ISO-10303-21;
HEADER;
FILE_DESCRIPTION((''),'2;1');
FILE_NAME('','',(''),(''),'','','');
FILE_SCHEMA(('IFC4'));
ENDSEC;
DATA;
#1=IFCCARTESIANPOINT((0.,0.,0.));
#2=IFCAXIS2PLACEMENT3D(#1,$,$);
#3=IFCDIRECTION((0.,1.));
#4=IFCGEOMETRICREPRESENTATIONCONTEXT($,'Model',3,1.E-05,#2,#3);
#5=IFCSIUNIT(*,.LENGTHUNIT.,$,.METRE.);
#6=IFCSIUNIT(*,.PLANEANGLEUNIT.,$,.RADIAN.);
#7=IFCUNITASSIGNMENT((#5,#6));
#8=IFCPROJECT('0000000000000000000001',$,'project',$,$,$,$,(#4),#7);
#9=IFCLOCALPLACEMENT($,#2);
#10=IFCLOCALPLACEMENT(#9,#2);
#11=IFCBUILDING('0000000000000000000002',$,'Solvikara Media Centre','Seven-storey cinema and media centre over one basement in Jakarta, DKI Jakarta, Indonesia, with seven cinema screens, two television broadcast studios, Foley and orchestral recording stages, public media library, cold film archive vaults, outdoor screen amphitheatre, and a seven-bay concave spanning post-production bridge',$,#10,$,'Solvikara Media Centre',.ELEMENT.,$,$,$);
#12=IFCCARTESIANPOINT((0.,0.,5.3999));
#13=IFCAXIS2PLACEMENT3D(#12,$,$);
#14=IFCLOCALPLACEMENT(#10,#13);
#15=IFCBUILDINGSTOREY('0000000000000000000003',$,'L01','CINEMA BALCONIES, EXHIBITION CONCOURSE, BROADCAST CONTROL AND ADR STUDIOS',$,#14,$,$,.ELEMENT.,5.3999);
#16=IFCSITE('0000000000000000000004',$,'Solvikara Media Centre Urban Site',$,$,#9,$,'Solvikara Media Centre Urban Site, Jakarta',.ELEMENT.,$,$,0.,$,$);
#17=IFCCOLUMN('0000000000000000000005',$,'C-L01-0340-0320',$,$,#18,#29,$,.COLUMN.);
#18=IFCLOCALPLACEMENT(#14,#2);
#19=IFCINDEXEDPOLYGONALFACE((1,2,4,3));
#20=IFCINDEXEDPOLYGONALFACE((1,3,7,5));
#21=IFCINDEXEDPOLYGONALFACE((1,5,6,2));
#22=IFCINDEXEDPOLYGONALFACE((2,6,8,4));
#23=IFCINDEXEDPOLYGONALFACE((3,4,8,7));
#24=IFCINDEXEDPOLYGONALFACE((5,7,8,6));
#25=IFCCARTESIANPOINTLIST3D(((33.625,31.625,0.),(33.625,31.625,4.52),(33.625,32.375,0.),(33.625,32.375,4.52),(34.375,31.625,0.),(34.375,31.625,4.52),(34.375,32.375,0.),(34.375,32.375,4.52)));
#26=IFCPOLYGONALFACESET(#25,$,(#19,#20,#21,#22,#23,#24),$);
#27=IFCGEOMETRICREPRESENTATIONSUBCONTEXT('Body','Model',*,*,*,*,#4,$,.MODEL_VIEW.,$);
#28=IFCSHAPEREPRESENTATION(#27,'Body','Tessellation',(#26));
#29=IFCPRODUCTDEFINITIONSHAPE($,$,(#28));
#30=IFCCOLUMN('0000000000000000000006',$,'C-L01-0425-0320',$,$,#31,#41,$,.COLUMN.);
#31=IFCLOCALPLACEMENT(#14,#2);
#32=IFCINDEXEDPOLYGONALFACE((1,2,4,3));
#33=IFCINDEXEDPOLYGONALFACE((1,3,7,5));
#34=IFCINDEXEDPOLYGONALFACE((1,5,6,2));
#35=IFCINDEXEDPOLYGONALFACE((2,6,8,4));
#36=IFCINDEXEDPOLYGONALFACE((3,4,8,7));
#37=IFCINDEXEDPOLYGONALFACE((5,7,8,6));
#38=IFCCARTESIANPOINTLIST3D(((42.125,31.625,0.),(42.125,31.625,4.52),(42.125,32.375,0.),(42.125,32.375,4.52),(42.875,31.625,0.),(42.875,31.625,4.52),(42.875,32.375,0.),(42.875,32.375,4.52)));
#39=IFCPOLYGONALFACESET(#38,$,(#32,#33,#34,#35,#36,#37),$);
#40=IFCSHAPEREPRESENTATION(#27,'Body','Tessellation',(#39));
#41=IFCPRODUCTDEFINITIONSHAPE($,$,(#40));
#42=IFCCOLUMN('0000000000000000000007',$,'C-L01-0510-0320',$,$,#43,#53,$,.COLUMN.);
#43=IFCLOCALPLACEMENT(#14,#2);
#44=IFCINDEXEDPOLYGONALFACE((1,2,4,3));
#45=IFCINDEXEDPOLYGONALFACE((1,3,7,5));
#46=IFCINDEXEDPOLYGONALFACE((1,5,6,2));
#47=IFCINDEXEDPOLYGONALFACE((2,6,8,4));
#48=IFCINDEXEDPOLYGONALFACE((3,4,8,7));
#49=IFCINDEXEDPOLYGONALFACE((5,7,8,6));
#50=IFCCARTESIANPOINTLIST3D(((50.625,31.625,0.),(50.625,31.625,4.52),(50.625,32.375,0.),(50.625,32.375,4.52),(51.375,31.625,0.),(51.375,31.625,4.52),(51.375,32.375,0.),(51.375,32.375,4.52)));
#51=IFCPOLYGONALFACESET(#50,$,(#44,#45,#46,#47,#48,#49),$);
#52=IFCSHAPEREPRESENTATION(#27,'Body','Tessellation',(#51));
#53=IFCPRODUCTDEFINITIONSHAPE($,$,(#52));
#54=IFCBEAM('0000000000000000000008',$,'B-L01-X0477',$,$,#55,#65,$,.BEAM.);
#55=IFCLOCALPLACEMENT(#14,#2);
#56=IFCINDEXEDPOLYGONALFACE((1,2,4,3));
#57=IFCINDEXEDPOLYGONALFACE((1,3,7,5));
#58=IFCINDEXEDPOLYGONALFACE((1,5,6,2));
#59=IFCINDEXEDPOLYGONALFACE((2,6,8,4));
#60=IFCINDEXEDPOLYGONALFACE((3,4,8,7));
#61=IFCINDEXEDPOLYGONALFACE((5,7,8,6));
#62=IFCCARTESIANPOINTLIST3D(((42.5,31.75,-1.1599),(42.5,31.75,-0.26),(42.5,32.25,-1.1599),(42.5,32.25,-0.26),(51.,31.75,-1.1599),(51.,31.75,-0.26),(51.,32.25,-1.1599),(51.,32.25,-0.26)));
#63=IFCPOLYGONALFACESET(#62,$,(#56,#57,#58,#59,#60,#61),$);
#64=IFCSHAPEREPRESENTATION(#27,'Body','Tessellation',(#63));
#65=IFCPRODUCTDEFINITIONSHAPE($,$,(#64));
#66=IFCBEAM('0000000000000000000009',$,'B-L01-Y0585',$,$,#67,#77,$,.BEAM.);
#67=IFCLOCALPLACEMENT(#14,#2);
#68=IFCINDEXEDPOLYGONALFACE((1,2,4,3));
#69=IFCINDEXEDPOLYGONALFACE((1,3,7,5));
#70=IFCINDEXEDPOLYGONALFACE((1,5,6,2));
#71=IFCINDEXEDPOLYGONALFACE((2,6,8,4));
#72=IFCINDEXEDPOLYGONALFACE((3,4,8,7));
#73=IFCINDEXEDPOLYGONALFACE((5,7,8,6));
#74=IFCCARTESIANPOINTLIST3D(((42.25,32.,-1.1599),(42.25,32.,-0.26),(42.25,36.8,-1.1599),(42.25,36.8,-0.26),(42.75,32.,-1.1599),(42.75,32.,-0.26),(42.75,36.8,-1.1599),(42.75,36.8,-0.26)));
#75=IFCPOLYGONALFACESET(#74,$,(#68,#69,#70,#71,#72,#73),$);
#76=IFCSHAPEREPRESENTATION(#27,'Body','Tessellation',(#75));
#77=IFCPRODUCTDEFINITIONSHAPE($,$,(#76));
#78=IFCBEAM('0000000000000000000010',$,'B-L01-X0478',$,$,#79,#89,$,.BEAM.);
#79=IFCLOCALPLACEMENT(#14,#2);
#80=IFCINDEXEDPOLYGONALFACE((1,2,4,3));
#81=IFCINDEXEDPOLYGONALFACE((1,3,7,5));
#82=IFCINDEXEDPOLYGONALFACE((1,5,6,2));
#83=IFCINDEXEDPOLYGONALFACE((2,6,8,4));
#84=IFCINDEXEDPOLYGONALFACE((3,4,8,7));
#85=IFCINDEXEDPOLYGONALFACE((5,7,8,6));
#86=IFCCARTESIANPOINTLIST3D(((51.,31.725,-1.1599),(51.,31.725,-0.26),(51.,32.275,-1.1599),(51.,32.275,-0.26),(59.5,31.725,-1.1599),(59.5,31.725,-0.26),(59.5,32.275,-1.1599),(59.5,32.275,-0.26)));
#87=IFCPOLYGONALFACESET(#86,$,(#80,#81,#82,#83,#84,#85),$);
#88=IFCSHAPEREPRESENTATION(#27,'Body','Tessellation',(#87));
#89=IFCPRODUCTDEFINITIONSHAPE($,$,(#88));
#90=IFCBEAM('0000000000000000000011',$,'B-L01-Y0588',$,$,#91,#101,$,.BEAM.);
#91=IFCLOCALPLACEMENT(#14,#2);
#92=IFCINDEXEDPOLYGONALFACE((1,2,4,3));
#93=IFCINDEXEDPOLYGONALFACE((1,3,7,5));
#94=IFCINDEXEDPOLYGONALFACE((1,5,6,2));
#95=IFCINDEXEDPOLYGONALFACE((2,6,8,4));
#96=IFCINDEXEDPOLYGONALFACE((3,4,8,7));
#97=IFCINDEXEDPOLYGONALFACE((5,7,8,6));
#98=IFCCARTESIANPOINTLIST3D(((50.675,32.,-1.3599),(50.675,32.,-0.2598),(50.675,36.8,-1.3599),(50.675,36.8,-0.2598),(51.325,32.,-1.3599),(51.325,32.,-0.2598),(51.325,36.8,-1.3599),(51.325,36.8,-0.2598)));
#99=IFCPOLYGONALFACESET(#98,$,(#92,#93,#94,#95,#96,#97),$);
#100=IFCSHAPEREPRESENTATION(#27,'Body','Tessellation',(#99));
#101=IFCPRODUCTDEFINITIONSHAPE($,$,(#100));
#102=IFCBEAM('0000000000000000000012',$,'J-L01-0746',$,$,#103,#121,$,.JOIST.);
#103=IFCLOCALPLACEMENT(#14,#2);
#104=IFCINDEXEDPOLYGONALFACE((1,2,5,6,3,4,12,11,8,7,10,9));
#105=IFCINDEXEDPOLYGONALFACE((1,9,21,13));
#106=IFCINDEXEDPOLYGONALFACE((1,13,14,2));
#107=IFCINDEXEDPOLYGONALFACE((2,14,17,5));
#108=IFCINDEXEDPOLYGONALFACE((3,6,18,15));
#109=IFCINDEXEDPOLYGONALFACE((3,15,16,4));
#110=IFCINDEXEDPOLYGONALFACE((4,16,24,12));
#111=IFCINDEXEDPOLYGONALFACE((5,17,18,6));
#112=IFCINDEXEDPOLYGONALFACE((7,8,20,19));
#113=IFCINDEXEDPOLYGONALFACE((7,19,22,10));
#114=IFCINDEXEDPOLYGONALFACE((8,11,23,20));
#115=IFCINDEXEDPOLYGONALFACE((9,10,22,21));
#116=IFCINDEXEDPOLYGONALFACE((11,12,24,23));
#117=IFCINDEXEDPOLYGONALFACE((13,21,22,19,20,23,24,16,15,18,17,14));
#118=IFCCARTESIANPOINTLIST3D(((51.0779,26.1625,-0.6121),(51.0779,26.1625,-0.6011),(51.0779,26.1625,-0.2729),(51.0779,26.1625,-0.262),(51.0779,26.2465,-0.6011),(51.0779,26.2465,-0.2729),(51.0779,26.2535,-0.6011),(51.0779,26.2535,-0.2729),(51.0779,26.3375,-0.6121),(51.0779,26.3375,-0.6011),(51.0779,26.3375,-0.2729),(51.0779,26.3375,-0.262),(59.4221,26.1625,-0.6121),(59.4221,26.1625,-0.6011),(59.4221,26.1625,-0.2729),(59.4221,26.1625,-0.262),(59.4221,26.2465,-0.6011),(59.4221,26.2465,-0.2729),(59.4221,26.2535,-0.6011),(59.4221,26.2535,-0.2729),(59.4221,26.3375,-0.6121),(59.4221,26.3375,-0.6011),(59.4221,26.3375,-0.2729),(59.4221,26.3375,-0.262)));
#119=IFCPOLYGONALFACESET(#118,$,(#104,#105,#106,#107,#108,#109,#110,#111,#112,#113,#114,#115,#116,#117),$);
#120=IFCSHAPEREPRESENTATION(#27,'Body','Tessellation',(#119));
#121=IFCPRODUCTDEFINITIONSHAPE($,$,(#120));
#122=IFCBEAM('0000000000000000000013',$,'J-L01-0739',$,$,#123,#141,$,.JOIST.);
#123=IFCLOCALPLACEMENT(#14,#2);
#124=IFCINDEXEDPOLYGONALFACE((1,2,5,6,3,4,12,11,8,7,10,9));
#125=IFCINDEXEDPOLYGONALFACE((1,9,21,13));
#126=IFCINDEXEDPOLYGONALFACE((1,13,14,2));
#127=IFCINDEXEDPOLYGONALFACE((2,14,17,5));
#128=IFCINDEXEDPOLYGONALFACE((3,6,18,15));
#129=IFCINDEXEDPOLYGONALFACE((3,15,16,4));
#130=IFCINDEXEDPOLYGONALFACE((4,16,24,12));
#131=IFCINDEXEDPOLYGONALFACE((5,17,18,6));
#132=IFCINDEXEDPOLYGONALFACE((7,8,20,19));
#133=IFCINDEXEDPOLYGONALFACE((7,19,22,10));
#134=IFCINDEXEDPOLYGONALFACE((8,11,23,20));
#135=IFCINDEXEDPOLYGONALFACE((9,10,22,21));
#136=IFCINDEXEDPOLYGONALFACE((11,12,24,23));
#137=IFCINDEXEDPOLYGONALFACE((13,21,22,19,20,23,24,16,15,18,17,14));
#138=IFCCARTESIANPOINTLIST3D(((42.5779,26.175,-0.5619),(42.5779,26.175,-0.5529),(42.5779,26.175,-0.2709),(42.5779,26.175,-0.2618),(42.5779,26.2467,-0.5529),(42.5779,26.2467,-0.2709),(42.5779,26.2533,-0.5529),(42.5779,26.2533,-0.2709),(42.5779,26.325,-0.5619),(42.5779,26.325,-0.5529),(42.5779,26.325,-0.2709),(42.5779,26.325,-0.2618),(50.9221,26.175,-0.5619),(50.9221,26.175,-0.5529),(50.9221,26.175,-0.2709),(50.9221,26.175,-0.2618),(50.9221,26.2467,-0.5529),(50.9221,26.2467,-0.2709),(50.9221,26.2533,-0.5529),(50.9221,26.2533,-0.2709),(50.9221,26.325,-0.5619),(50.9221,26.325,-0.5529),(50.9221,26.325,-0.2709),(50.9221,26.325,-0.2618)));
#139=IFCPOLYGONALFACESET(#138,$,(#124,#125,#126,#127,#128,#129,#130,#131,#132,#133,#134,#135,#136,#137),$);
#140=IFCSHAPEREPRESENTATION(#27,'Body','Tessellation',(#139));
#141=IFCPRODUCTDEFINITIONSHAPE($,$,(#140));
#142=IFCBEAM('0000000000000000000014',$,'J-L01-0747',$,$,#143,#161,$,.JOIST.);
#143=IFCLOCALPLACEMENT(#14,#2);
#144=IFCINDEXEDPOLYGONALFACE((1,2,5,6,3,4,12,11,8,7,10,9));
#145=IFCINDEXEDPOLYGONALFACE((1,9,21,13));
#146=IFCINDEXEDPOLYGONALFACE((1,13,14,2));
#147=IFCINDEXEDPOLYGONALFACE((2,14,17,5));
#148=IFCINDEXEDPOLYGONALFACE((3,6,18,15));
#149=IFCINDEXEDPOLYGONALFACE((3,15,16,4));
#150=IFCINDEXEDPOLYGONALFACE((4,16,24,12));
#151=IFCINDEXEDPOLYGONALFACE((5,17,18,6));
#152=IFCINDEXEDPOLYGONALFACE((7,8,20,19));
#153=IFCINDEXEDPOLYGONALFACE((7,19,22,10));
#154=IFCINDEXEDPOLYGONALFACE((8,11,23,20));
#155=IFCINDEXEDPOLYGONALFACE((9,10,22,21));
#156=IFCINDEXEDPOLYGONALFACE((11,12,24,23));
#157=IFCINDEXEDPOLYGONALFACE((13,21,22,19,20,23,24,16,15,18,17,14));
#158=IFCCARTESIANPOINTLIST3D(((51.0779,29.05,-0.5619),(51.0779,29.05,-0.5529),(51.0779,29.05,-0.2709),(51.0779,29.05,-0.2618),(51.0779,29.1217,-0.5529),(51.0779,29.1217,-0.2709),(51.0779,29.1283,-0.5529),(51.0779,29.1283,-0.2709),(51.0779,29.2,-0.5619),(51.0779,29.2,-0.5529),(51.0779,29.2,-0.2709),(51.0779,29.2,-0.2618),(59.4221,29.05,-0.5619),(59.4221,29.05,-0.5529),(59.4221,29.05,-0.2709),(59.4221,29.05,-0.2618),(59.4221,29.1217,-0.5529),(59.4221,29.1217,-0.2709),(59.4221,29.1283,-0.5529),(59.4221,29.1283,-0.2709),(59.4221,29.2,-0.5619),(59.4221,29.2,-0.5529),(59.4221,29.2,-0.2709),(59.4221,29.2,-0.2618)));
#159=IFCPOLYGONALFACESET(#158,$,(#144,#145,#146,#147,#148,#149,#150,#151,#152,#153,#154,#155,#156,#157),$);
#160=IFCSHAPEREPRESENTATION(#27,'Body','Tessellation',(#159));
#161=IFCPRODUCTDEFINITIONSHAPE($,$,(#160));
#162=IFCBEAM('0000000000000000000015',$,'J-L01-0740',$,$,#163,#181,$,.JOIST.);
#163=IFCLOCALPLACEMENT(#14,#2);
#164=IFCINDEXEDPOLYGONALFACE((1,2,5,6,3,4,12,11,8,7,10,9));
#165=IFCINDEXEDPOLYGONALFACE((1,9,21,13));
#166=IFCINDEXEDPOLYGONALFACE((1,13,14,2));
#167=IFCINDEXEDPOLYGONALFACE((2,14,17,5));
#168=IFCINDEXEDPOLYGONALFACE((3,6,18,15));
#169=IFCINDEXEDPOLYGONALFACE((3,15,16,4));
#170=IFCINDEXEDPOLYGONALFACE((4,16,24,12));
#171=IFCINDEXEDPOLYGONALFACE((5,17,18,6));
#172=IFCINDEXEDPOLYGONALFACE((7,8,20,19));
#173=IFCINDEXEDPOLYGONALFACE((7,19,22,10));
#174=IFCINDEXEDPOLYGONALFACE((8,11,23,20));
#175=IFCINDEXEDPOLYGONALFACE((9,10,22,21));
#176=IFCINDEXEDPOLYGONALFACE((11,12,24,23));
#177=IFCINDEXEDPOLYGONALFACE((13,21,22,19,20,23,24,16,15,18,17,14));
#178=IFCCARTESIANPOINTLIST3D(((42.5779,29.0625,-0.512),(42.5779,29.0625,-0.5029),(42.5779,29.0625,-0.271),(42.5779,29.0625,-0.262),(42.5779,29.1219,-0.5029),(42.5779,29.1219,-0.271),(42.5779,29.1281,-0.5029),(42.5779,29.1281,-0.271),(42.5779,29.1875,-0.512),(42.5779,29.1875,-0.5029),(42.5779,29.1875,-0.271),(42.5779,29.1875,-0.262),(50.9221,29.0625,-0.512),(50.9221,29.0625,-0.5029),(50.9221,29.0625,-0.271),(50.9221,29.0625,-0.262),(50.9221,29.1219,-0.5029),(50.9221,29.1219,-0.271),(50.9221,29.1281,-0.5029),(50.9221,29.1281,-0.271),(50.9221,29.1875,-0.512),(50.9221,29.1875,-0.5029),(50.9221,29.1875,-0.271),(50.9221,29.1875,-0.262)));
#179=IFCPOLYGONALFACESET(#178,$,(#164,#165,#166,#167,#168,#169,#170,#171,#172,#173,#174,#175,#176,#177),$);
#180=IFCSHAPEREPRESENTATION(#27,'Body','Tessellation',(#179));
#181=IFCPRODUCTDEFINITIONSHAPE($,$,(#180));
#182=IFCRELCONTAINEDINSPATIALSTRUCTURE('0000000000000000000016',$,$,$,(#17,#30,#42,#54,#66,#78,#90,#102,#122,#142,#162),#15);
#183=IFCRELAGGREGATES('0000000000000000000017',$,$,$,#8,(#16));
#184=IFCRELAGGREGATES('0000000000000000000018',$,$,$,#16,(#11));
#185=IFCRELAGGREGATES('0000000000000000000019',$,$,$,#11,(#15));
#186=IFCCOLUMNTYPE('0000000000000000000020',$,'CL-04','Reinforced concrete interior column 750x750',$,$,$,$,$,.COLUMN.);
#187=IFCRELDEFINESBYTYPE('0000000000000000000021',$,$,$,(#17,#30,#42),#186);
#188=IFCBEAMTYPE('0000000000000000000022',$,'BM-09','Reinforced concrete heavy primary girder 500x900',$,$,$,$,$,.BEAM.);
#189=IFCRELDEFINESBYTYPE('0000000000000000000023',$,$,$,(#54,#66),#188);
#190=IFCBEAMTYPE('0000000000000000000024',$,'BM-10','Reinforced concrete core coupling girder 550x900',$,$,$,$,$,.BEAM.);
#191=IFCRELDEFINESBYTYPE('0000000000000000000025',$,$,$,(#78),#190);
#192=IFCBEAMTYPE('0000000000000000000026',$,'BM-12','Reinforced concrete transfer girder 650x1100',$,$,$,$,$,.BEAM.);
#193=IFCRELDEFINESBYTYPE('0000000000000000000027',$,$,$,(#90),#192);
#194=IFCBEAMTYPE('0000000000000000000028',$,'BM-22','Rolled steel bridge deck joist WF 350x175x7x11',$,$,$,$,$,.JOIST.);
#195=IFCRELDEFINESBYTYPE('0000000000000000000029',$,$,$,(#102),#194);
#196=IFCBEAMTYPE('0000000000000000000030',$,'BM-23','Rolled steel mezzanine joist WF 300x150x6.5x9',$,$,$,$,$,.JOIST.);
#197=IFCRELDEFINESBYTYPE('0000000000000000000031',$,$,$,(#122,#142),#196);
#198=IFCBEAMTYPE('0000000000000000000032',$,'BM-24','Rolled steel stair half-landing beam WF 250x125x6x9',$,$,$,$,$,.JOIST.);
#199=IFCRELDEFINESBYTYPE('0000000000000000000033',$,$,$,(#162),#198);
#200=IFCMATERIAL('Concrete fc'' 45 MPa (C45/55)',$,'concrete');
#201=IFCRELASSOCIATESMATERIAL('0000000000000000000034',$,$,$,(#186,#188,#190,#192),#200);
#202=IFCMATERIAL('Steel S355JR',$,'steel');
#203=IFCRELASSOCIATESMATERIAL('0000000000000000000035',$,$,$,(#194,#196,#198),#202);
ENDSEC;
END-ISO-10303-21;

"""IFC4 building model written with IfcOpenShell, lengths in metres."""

from ifc_helpers import new_model, si_unit, direction, frame, origin, origin_2d, place, context, subcontext, project, spatial, rectangle, i_section, extrude, material, material_profile, profile_set, type_object, element, save


model = new_model("IFC4")

# Units and contexts
model_context = context("Model", 3, precision=1e-05, world=origin(), true_north=direction((0.0, 1.0)))
body_context = subcontext(model_context, "Body", "Model", "MODEL_VIEW")
ifc_project = project(units=[si_unit("LENGTHUNIT", "METRE"), si_unit("PLANEANGLEUNIT", "RADIAN")], contexts=[model_context])

# Site, building, storey
site_placement = place(None, origin())
site = spatial("IfcSite", under=ifc_project, at=site_placement, Name="Solvikara Media Centre Urban Site", LongName="Solvikara Media Centre Urban Site, Jakarta", CompositionType="ELEMENT", RefElevation=0.0)
building_placement = place(site_placement, origin())
building = spatial("IfcBuilding", under=site, at=building_placement, Name="Solvikara Media Centre", Description="Seven-storey cinema and media centre over one basement in Jakarta, DKI Jakarta, Indonesia, with seven cinema screens, two television broadcast studios, Foley and orchestral recording stages, public media library, cold film archive vaults, outdoor screen amphitheatre, and a seven-bay concave spanning post-production bridge", LongName="Solvikara Media Centre", CompositionType="ELEMENT")
storey_placement = place(building_placement, frame((0.0, 0.0, 5.3999)))
storey = spatial("IfcBuildingStorey", under=building, at=storey_placement, Name="L01", Description="CINEMA BALCONIES, EXHIBITION CONCOURSE, BROADCAST CONTROL AND ADR STUDIOS", CompositionType="ELEMENT", Elevation=5.3999)

# Columns
ifc_material_1 = material(Name="Concrete fc' 45 MPa (C45/55)", Category="concrete")
ifc_material_profile_1 = material_profile(ifc_material_1, rectangle(XDim=0.75, YDim=0.75, at=origin_2d()), Name="RC 750x750")
ifc_profile_set_1 = profile_set([ifc_material_profile_1], Name="Concrete fc' 45 MPa (C45/55)")
column_type = type_object("IfcColumnType", Name="CL-04", Description="Reinforced concrete interior column 750x750", PredefinedType="COLUMN", material=ifc_profile_set_1)
for number, where, z_axis, x_axis, name in (
    (1, (34.0, 32.0, 0.0), (0.0, 0.0, 1.0), (1.0, 0.0, 0.0), "C-L01-0340-0320"),
    (2, (42.5, 32.0, 0.0), (0.0, 0.0, 1.0), (1.0, 0.0, 0.0), "C-L01-0425-0320"),
    (3, (51.0, 32.0, 0.0), (0.0, 0.0, 1.0), (1.0, 0.0, 0.0), "C-L01-0510-0320"),
):
    element("IfcColumn", number, at=place(storey_placement, frame(where, z_axis=z_axis, x_axis=x_axis)), inside=storey, type_object=column_type, Name=name, PredefinedType="COLUMN", context=body_context, shape_type="SweptSolid", body=[
        extrude(rectangle(XDim=0.75, YDim=0.75, at=origin_2d()), origin(), (0.0, 0.0, 1.0), 4.52),
    ])

# Beams
ifc_material_profile_2 = material_profile(ifc_material_1, rectangle(XDim=0.5, YDim=0.8999, at=origin_2d()), Name="RC 500x900")
ifc_profile_set_2 = profile_set([ifc_material_profile_2], Name="Concrete fc' 45 MPa (C45/55)")
beam_type_1 = type_object("IfcBeamType", Name="BM-09", Description="Reinforced concrete heavy primary girder 500x900", PredefinedType="BEAM", material=ifc_profile_set_2)
beam_1_placement = place(storey_placement, frame((42.5, 32.0, -0.71), z_axis=(1.0, 0.0, 0.0), x_axis=(0.0, 1.0, 0.0)))
element("IfcBeam", 4, at=beam_1_placement, inside=storey, type_object=beam_type_1, Name="B-L01-X0477", PredefinedType="BEAM", context=body_context, shape_type="SweptSolid", body=[
    extrude(rectangle(XDim=0.5, YDim=0.8999, at=origin_2d()), origin(), (0.0, 0.0, 1.0), 8.5),
])
beam_2_placement = place(storey_placement, frame((42.5, 32.0, -0.71), z_axis=(0.0, 1.0, 0.0), x_axis=(-1.0, 0.0, 0.0)))
element("IfcBeam", 5, at=beam_2_placement, inside=storey, type_object=beam_type_1, Name="B-L01-Y0585", PredefinedType="BEAM", context=body_context, shape_type="SweptSolid", body=[
    extrude(rectangle(XDim=0.5, YDim=0.8999, at=origin_2d()), origin(), (0.0, 0.0, 1.0), 4.8),
])
ifc_material_profile_3 = material_profile(ifc_material_1, rectangle(XDim=0.55, YDim=0.8999, at=origin_2d()), Name="RC 550x900")
ifc_profile_set_3 = profile_set([ifc_material_profile_3], Name="Concrete fc' 45 MPa (C45/55)")
beam_type_2 = type_object("IfcBeamType", Name="BM-10", Description="Reinforced concrete core coupling girder 550x900", PredefinedType="BEAM", material=ifc_profile_set_3)
beam_3_placement = place(storey_placement, frame((51.0, 32.0, -0.71), z_axis=(1.0, 0.0, 0.0), x_axis=(0.0, 1.0, 0.0)))
element("IfcBeam", 6, at=beam_3_placement, inside=storey, type_object=beam_type_2, Name="B-L01-X0478", PredefinedType="BEAM", context=body_context, shape_type="SweptSolid", body=[
    extrude(rectangle(XDim=0.55, YDim=0.8999, at=origin_2d()), origin(), (0.0, 0.0, 1.0), 8.5),
])
ifc_material_profile_4 = material_profile(ifc_material_1, rectangle(XDim=0.6499, YDim=1.1001, at=origin_2d()), Name="RC 650x1100")
ifc_profile_set_4 = profile_set([ifc_material_profile_4], Name="Concrete fc' 45 MPa (C45/55)")
beam_type_3 = type_object("IfcBeamType", Name="BM-12", Description="Reinforced concrete transfer girder 650x1100", PredefinedType="BEAM", material=ifc_profile_set_4)
beam_4_placement = place(storey_placement, frame((51.0, 32.0, -0.8098), z_axis=(0.0, 1.0, 0.0), x_axis=(-1.0, 0.0, 0.0)))
element("IfcBeam", 7, at=beam_4_placement, inside=storey, type_object=beam_type_3, Name="B-L01-Y0588", PredefinedType="BEAM", context=body_context, shape_type="SweptSolid", body=[
    extrude(rectangle(XDim=0.6499, YDim=1.1001, at=origin_2d()), origin(), (0.0, 0.0, 1.0), 4.8),
])
ifc_material_2 = material(Name="Steel S355JR", Category="steel")
ifc_material_profile_5 = material_profile(ifc_material_2, i_section(OverallWidth=0.175, OverallDepth=0.3501, WebThickness=0.0071, FlangeThickness=0.011, at=origin_2d()), Name="WF 350x175x7x11")
ifc_profile_set_5 = profile_set([ifc_material_profile_5], Name="Steel S355JR")
beam_type_4 = type_object("IfcBeamType", Name="BM-22", Description="Rolled steel bridge deck joist WF 350x175x7x11", PredefinedType="JOIST", material=ifc_profile_set_5)
beam_5_placement = place(storey_placement, frame((51.0779, 26.25, -0.437), z_axis=(1.0, 0.0, 0.0), x_axis=(0.0, 1.0, 0.0)))
element("IfcBeam", 8, at=beam_5_placement, inside=storey, type_object=beam_type_4, Name="J-L01-0746", PredefinedType="JOIST", context=body_context, shape_type="SweptSolid", body=[
    extrude(i_section(OverallWidth=0.175, OverallDepth=0.3501, WebThickness=0.0071, FlangeThickness=0.011, at=origin_2d()), origin(), (0.0, 0.0, 1.0), 8.3442),
])
ifc_material_profile_6 = material_profile(ifc_material_2, i_section(OverallWidth=0.1499, OverallDepth=0.3, WebThickness=0.0066, FlangeThickness=0.009, at=origin_2d()), Name="WF 300x150x6.5x9")
ifc_profile_set_6 = profile_set([ifc_material_profile_6], Name="Steel S355JR")
beam_type_5 = type_object("IfcBeamType", Name="BM-23", Description="Rolled steel mezzanine joist WF 300x150x6.5x9", PredefinedType="JOIST", material=ifc_profile_set_6)
for number, where, z_axis, x_axis, name in (
    (9, (42.5779, 26.25, -0.4119), (1.0, 0.0, 0.0), (0.0, 1.0, 0.0), "J-L01-0739"),
    (10, (51.0779, 29.125, -0.4119), (1.0, 0.0, 0.0), (0.0, 1.0, 0.0), "J-L01-0747"),
):
    element("IfcBeam", number, at=place(storey_placement, frame(where, z_axis=z_axis, x_axis=x_axis)), inside=storey, type_object=beam_type_5, Name=name, PredefinedType="JOIST", context=body_context, shape_type="SweptSolid", body=[
        extrude(i_section(OverallWidth=0.1499, OverallDepth=0.3, WebThickness=0.0066, FlangeThickness=0.009, at=origin_2d()), origin(), (0.0, 0.0, 1.0), 8.3442),
    ])
ifc_material_profile_7 = material_profile(ifc_material_2, i_section(OverallWidth=0.125, OverallDepth=0.25, WebThickness=0.0061, FlangeThickness=0.009, at=origin_2d()), Name="WF 250x125x6x9")
ifc_profile_set_7 = profile_set([ifc_material_profile_7], Name="Steel S355JR")
beam_type_6 = type_object("IfcBeamType", Name="BM-24", Description="Rolled steel stair half-landing beam WF 250x125x6x9", PredefinedType="JOIST", material=ifc_profile_set_7)
for number, where, z_axis, x_axis, name in (
    (11, (42.5779, 29.125, -0.387), (1.0, 0.0, 0.0), (0.0, 1.0, 0.0), "J-L01-0740"),
):
    element("IfcBeam", number, at=place(storey_placement, frame(where, z_axis=z_axis, x_axis=x_axis)), inside=storey, type_object=beam_type_6, Name=name, PredefinedType="JOIST", context=body_context, shape_type="SweptSolid", body=[
        extrude(i_section(OverallWidth=0.125, OverallDepth=0.25, WebThickness=0.0061, FlangeThickness=0.009, at=origin_2d()), origin(), (0.0, 0.0, 1.0), 8.3442),
    ])

save(model, "model.ifc")
